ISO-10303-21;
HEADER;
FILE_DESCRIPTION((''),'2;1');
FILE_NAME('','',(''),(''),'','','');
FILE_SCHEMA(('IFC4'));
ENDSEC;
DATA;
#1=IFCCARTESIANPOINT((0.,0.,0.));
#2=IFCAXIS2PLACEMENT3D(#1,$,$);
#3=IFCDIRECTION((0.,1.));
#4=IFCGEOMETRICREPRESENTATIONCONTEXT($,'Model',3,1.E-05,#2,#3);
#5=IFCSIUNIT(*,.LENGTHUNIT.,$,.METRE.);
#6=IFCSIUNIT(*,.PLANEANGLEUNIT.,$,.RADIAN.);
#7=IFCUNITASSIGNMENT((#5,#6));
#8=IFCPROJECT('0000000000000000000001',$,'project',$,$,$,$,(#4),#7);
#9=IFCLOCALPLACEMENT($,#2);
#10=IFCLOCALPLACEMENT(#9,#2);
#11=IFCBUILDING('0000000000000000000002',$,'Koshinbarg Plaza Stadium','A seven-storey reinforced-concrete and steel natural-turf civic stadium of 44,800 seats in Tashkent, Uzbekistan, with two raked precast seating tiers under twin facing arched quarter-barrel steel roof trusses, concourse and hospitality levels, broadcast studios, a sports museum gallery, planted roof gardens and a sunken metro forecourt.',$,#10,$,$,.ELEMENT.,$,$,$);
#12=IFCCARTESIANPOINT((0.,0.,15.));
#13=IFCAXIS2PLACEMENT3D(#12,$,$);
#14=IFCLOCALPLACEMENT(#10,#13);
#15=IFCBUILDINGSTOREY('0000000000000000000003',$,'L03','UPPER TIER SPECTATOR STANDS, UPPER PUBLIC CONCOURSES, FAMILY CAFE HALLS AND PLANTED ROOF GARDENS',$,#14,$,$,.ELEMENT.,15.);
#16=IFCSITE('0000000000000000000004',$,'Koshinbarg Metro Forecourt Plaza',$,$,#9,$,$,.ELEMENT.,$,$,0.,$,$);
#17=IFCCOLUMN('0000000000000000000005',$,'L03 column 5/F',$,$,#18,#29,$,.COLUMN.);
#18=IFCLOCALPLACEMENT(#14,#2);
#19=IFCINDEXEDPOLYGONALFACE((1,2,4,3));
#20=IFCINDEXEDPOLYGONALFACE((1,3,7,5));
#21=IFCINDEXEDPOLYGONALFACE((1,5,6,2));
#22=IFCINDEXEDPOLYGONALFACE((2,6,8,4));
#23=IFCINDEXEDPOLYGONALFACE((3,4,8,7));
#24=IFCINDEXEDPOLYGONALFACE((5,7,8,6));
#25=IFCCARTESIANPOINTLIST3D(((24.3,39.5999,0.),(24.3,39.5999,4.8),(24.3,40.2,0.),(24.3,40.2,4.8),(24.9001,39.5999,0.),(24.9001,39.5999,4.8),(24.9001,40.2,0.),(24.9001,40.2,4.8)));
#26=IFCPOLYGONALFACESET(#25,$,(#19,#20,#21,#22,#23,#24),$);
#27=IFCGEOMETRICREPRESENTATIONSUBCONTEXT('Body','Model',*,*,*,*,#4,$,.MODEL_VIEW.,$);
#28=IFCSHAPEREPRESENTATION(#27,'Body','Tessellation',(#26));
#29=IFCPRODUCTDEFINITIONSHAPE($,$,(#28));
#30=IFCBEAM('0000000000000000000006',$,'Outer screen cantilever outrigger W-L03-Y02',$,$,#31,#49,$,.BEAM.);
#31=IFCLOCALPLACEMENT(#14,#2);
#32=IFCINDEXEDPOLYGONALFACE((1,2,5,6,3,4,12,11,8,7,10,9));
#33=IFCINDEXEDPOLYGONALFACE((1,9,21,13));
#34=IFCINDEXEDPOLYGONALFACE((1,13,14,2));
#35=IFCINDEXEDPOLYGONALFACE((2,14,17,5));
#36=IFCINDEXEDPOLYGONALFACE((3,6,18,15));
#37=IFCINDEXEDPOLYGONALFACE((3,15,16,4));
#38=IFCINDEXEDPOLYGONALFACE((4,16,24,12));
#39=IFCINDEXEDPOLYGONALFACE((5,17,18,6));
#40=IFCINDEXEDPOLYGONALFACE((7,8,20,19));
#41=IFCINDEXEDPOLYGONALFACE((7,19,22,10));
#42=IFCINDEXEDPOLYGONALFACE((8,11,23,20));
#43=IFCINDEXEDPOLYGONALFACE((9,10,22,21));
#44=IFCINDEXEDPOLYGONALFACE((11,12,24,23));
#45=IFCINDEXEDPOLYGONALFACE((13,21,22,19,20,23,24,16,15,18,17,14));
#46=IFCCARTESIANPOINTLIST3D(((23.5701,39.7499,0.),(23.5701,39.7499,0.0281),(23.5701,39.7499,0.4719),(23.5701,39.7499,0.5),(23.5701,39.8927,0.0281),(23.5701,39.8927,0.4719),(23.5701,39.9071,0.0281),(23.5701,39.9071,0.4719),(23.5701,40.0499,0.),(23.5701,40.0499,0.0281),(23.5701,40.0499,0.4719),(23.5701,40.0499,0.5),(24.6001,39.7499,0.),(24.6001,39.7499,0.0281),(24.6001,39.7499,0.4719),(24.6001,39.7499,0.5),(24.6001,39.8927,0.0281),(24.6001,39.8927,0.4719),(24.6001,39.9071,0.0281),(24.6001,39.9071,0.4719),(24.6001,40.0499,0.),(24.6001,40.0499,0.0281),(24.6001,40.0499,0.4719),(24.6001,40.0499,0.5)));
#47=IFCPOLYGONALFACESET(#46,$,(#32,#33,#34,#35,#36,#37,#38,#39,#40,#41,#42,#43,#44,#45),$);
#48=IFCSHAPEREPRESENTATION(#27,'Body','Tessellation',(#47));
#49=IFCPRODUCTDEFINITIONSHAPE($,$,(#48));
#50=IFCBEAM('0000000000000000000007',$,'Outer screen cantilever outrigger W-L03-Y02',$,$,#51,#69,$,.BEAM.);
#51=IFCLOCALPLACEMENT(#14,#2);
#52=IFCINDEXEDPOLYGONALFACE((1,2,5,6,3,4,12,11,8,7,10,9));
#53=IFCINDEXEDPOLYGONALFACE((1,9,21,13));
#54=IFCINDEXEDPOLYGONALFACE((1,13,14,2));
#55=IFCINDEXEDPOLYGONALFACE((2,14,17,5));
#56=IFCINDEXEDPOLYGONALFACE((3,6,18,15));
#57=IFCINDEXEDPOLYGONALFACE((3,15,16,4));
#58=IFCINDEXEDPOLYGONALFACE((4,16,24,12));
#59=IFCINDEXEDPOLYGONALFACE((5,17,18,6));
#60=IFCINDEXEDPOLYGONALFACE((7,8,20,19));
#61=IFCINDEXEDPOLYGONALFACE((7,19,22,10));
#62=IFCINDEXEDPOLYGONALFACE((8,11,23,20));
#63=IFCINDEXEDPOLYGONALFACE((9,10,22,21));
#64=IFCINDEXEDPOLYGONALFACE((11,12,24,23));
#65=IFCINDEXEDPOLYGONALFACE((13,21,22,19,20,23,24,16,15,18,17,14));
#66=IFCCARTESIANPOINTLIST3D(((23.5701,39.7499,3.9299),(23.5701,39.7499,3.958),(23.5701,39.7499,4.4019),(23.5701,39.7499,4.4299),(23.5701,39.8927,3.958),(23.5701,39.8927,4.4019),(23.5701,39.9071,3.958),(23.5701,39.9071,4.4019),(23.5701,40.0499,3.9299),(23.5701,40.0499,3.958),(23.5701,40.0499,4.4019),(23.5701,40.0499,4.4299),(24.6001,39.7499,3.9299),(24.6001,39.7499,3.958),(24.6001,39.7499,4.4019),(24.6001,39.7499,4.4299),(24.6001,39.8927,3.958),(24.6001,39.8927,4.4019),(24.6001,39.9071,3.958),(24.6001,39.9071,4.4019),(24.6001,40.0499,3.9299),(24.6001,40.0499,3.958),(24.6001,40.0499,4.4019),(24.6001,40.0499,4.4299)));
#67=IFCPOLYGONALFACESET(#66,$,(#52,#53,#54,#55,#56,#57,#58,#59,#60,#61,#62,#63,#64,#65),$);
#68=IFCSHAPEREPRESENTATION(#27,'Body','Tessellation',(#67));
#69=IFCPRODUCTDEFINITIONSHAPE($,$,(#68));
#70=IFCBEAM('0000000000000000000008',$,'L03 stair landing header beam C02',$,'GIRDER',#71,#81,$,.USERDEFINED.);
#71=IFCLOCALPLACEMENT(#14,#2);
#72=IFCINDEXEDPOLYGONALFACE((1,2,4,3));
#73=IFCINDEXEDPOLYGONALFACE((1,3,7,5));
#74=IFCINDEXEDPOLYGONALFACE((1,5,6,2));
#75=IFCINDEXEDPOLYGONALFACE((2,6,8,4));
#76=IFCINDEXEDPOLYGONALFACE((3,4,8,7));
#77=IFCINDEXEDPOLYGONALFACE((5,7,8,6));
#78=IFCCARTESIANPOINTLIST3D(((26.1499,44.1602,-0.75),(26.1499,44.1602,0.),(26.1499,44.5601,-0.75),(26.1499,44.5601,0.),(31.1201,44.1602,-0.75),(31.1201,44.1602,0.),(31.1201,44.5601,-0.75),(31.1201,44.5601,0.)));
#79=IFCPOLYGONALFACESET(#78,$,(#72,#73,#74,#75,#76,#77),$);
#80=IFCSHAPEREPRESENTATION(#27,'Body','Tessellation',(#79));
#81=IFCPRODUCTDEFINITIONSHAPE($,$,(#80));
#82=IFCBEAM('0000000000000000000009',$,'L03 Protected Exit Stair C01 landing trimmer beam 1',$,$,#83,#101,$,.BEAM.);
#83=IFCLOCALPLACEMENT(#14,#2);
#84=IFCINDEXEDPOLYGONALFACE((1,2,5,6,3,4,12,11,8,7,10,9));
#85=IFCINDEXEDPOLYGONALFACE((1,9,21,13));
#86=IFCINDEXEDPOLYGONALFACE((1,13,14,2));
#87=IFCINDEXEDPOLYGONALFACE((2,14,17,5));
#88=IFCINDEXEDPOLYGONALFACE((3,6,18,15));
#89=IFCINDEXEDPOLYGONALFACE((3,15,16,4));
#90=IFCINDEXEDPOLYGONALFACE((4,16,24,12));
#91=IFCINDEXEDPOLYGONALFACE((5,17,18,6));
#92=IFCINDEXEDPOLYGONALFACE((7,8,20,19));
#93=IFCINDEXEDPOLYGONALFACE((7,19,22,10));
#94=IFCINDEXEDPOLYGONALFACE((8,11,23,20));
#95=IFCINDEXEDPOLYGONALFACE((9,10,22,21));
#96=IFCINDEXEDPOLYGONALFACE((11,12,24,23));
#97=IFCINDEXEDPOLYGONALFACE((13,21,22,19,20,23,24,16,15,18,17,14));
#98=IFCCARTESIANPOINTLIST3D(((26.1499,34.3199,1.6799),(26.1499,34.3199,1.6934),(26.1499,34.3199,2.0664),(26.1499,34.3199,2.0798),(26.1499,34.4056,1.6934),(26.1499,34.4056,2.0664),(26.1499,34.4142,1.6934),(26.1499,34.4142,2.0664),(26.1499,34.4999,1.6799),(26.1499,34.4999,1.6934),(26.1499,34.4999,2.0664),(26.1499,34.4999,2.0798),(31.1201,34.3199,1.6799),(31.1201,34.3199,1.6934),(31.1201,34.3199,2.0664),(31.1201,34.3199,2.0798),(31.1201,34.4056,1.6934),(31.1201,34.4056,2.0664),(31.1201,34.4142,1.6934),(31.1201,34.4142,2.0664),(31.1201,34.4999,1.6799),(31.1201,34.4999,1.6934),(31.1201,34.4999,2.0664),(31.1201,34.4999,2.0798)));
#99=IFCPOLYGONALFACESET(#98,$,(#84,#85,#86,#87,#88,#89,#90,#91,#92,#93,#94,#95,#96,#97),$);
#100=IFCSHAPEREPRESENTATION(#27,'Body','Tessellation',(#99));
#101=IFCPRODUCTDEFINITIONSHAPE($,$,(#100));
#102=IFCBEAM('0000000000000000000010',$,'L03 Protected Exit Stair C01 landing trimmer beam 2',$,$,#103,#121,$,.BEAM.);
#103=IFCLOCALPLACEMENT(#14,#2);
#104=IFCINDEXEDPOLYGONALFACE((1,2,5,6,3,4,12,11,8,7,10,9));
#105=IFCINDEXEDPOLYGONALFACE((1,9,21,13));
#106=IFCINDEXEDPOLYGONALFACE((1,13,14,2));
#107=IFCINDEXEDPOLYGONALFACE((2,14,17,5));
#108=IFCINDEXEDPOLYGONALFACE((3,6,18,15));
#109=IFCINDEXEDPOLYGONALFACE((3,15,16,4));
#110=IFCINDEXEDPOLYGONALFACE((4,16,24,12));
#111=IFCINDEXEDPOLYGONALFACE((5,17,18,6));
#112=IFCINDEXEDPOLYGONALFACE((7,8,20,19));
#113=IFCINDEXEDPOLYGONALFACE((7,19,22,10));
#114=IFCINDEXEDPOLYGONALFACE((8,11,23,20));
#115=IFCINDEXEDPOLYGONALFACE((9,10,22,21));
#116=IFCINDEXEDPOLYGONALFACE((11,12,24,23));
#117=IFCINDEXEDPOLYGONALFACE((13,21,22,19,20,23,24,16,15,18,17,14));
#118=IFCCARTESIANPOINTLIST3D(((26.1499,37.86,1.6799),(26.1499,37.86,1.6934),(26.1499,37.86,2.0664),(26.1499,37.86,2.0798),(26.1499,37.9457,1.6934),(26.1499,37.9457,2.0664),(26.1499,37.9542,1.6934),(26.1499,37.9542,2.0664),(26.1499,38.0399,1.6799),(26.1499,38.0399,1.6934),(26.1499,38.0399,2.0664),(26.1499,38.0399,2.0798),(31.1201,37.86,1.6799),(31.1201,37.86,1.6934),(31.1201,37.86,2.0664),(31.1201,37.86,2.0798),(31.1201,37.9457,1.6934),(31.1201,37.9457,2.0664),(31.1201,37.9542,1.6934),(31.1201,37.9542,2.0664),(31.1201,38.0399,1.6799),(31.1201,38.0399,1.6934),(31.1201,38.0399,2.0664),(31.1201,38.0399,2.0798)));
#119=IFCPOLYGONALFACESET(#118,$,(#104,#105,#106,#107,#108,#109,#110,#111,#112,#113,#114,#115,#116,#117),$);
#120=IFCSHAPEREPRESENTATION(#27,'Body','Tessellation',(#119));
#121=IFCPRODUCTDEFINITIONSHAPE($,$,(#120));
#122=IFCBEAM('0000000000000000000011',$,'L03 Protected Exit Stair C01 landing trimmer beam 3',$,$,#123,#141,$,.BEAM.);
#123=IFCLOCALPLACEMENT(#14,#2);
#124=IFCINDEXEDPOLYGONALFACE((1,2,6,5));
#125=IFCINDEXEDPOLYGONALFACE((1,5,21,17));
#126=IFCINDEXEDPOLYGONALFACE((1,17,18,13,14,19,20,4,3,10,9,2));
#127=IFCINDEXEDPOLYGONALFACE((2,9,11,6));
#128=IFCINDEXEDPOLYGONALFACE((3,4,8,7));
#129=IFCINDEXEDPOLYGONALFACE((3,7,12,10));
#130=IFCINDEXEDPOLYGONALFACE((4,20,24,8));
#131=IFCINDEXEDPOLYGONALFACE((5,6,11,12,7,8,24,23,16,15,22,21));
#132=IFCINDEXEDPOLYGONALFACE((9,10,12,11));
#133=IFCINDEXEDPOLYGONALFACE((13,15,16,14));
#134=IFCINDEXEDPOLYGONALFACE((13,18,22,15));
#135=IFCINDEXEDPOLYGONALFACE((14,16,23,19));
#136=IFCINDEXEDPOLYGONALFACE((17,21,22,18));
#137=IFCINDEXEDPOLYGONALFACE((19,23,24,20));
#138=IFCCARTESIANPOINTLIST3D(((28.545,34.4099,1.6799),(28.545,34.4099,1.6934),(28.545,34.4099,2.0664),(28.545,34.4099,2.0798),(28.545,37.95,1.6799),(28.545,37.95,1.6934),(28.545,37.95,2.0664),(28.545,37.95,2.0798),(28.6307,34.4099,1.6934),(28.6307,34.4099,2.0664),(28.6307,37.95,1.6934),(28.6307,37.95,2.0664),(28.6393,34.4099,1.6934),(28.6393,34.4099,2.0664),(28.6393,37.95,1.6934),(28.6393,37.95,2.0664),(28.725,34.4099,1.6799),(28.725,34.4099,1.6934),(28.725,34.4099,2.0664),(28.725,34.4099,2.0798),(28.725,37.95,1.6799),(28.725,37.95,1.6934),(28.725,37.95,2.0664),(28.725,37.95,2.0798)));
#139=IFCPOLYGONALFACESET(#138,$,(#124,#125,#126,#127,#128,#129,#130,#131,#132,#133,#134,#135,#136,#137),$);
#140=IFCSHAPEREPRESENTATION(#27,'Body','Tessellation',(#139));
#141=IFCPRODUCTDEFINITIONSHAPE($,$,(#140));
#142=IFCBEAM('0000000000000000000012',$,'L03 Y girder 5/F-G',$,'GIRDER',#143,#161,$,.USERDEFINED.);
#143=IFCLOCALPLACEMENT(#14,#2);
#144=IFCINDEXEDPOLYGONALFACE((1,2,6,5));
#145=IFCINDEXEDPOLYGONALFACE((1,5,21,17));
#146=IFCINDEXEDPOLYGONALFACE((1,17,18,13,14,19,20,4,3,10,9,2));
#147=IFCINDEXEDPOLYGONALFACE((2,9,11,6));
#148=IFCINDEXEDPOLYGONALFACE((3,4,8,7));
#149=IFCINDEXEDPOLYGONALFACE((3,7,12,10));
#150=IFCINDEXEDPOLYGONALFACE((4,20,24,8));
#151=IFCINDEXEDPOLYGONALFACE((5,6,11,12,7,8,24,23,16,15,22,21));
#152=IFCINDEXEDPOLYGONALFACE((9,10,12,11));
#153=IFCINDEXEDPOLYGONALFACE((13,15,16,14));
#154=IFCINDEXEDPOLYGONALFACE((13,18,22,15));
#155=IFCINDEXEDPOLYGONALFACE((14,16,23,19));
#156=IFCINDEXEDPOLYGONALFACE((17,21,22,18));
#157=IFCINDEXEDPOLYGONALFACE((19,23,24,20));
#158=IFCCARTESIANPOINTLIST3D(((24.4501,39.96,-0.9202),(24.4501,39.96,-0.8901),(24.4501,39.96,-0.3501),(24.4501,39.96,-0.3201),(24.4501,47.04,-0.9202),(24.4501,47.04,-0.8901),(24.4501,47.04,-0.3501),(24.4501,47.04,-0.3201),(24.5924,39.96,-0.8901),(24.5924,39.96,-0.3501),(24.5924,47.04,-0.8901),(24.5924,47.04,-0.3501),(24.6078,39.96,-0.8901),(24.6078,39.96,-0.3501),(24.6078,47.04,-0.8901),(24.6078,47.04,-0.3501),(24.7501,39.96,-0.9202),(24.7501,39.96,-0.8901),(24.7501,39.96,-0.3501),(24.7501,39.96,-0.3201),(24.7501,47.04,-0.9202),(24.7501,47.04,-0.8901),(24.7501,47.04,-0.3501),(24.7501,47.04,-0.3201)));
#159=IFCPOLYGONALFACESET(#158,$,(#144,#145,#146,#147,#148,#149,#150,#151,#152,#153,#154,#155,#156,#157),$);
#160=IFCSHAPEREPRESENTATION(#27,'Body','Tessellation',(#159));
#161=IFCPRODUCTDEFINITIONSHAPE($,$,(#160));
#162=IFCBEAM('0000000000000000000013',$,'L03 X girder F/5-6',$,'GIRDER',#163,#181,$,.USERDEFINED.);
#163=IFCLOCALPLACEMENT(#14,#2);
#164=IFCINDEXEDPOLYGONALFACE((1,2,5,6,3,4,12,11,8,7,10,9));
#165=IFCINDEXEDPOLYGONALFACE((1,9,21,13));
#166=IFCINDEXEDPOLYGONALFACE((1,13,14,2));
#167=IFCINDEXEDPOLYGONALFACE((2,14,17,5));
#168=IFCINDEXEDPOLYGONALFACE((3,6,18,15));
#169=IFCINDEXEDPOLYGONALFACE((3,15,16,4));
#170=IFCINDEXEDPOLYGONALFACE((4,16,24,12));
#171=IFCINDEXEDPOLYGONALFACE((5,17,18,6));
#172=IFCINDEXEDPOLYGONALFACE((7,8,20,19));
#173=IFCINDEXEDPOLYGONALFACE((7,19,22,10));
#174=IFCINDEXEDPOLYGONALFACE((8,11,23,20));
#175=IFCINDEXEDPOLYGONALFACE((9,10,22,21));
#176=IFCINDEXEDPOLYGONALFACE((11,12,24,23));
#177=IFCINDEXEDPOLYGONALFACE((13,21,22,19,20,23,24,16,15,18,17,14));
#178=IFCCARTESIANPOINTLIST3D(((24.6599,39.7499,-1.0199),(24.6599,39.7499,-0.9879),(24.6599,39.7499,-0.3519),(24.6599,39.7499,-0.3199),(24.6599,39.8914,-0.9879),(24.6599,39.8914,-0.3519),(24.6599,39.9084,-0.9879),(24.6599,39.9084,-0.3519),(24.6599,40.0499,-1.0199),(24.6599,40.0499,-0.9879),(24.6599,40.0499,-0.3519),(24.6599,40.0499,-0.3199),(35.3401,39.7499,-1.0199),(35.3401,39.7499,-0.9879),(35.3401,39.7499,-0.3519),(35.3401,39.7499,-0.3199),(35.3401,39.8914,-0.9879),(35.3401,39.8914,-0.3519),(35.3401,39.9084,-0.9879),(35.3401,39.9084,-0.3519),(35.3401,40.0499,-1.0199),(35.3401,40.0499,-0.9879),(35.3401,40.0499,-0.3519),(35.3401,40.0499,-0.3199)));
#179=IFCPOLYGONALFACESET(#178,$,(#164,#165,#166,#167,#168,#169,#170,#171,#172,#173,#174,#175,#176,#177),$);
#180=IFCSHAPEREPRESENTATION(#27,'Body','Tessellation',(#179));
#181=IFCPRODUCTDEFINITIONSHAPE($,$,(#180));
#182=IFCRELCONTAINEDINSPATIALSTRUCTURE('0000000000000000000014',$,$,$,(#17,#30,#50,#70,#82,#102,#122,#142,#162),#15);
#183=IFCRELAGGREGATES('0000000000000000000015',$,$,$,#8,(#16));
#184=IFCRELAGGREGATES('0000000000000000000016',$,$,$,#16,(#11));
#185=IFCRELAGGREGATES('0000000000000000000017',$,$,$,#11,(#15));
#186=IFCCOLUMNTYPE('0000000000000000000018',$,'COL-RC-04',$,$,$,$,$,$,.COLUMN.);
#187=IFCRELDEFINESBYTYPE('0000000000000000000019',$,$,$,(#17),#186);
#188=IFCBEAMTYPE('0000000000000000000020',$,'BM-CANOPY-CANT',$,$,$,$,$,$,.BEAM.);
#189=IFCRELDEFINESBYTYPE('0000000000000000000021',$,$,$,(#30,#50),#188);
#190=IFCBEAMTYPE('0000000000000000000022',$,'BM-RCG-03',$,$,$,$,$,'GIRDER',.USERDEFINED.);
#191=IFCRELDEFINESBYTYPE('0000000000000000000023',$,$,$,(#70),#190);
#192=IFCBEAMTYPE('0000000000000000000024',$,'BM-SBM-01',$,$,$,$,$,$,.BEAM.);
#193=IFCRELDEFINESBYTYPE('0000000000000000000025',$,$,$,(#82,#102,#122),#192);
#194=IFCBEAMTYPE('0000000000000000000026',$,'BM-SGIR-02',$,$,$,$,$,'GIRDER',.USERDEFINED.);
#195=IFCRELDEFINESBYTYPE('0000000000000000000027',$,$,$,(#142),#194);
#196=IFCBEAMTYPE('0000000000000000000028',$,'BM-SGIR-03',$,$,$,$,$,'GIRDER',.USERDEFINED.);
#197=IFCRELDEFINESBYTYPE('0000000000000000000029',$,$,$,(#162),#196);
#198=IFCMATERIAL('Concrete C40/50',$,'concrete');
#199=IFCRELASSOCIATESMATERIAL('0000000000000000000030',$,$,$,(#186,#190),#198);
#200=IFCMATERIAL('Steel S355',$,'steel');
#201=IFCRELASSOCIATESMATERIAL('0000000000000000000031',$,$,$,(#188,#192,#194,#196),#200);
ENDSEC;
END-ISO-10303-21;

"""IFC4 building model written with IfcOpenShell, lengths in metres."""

from ifc_helpers import new_model, si_unit, direction, frame, origin, origin_2d, place, context, subcontext, project, spatial, rectangle, i_section, extrude, material, material_profile, profile_set, type_object, element, save


model = new_model("IFC4")

# Units and contexts
model_context = context("Model", 3, precision=1e-05, world=origin(), true_north=direction((0.0, 1.0)))
body_context = subcontext(model_context, "Body", "Model", "MODEL_VIEW")
ifc_project = project(units=[si_unit("LENGTHUNIT", "METRE"), si_unit("PLANEANGLEUNIT", "RADIAN")], contexts=[model_context])

# Site, building, storey
site_placement = place(None, origin())
site = spatial("IfcSite", under=ifc_project, at=site_placement, Name="Koshinbarg Metro Forecourt Plaza", CompositionType="ELEMENT", RefElevation=0.0)
building_placement = place(site_placement, origin())
building = spatial("IfcBuilding", under=site, at=building_placement, Name="Koshinbarg Plaza Stadium", Description="A seven-storey reinforced-concrete and steel natural-turf civic stadium of 44,800 seats in Tashkent, Uzbekistan, with two raked precast seating tiers under twin facing arched quarter-barrel steel roof trusses, concourse and hospitality levels, broadcast studios, a sports museum gallery, planted roof gardens and a sunken metro forecourt.", CompositionType="ELEMENT")
storey_placement = place(building_placement, frame((0.0, 0.0, 15.0)))
storey = spatial("IfcBuildingStorey", under=building, at=storey_placement, Name="L03", Description="UPPER TIER SPECTATOR STANDS, UPPER PUBLIC CONCOURSES, FAMILY CAFE HALLS AND PLANTED ROOF GARDENS", CompositionType="ELEMENT", Elevation=15.0)

# Column
ifc_material_1 = material(Name="Concrete C40/50", Category="concrete")
ifc_material_profile_1 = material_profile(ifc_material_1, rectangle(XDim=0.6001, YDim=0.6001, at=origin_2d()), Name="RC 600x600")
ifc_profile_set_1 = profile_set([ifc_material_profile_1], Name="Concrete C40/50")
column_type = type_object("IfcColumnType", Name="COL-RC-04", PredefinedType="COLUMN", material=ifc_profile_set_1)
column_placement = place(storey_placement, frame((24.6001, 39.8999, 0.0), z_axis=(0.0, 0.0, 1.0), x_axis=(1.0, 0.0, 0.0)))
element("IfcColumn", 1, at=column_placement, inside=storey, type_object=column_type, Name="L03 column 5/F", PredefinedType="COLUMN", context=body_context, shape_type="SweptSolid", body=[
    extrude(rectangle(XDim=0.6001, YDim=0.6001, at=origin_2d()), origin(), (0.0, 0.0, 1.0), 4.8),
])

# Beams
ifc_material_2 = material(Name="Steel S355", Category="steel")
ifc_material_profile_2 = material_profile(ifc_material_2, i_section(OverallWidth=0.3, OverallDepth=0.5, WebThickness=0.0144, FlangeThickness=0.0281, at=origin_2d()), Name="HEB 500")
ifc_profile_set_2 = profile_set([ifc_material_profile_2], Name="Steel S355")
beam_type_1 = type_object("IfcBeamType", Name="BM-CANOPY-CANT", PredefinedType="BEAM", material=ifc_profile_set_2)
for number, where, z_axis, x_axis, name in (
    (2, (24.6001, 39.8999, 0.25), (-1.0, 0.0, 0.0), (0.0, -1.0, 0.0), "Outer screen cantilever outrigger W-L03-Y02"),
    (3, (24.6001, 39.8999, 4.1799), (-1.0, 0.0, 0.0), (0.0, -1.0, 0.0), "Outer screen cantilever outrigger W-L03-Y02"),
):
    element("IfcBeam", number, at=place(storey_placement, frame(where, z_axis=z_axis, x_axis=x_axis)), inside=storey, type_object=beam_type_1, Name=name, PredefinedType="BEAM", context=body_context, shape_type="SweptSolid", body=[
        extrude(i_section(OverallWidth=0.3, OverallDepth=0.5, WebThickness=0.0144, FlangeThickness=0.0281, at=origin_2d()), origin(), (0.0, 0.0, 1.0), 1.03),
    ])
ifc_material_profile_3 = material_profile(ifc_material_1, rectangle(XDim=0.3999, YDim=0.75, at=origin_2d()), Name="RC 400x750")
ifc_profile_set_3 = profile_set([ifc_material_profile_3], Name="Concrete C40/50")
beam_type_2 = type_object("IfcBeamType", Name="BM-RCG-03", ElementType="GIRDER", PredefinedType="USERDEFINED", material=ifc_profile_set_3)
beam_1_placement = place(storey_placement, frame((26.1499, 44.3601, -0.375), z_axis=(1.0, 0.0, 0.0), x_axis=(0.0, 1.0, 0.0)))
element("IfcBeam", 4, at=beam_1_placement, inside=storey, type_object=beam_type_2, Name="L03 stair landing header beam C02", ObjectType="GIRDER", PredefinedType="USERDEFINED", context=body_context, shape_type="SweptSolid", body=[
    extrude(rectangle(XDim=0.3999, YDim=0.75, at=origin_2d()), origin(), (0.0, 0.0, 1.0), 4.9702),
])
ifc_material_profile_4 = material_profile(ifc_material_2, i_section(OverallWidth=0.1799, OverallDepth=0.3999, WebThickness=0.0085, FlangeThickness=0.0134, at=origin_2d()), Name="IPE 400")
ifc_profile_set_4 = profile_set([ifc_material_profile_4], Name="Steel S355")
beam_type_3 = type_object("IfcBeamType", Name="BM-SBM-01", PredefinedType="BEAM", material=ifc_profile_set_4)
for number, where, z_axis, x_axis, name in (
    (5, (26.1499, 34.4099, 1.8799), (1.0, 0.0, 0.0), (0.0, 1.0, 0.0), "L03 Protected Exit Stair C01 landing trimmer beam 1"),
    (6, (26.1499, 37.95, 1.8799), (1.0, 0.0, 0.0), (0.0, 1.0, 0.0), "L03 Protected Exit Stair C01 landing trimmer beam 2"),
):
    element("IfcBeam", number, at=place(storey_placement, frame(where, z_axis=z_axis, x_axis=x_axis)), inside=storey, type_object=beam_type_3, Name=name, PredefinedType="BEAM", context=body_context, shape_type="SweptSolid", body=[
        extrude(i_section(OverallWidth=0.1799, OverallDepth=0.3999, WebThickness=0.0085, FlangeThickness=0.0134, at=origin_2d()), origin(), (0.0, 0.0, 1.0), 4.9702),
    ])
beam_2_placement = place(storey_placement, frame((28.635, 34.4099, 1.8799), z_axis=(0.0, 1.0, 0.0), x_axis=(-1.0, 0.0, 0.0)))
element("IfcBeam", 7, at=beam_2_placement, inside=storey, type_object=beam_type_3, Name="L03 Protected Exit Stair C01 landing trimmer beam 3", PredefinedType="BEAM", context=body_context, shape_type="SweptSolid", body=[
    extrude(i_section(OverallWidth=0.1799, OverallDepth=0.3999, WebThickness=0.0085, FlangeThickness=0.0134, at=origin_2d()), origin(), (0.0, 0.0, 1.0), 3.54),
])
ifc_material_profile_5 = material_profile(ifc_material_2, i_section(OverallWidth=0.3, OverallDepth=0.6001, WebThickness=0.0154, FlangeThickness=0.03, at=origin_2d()), Name="HEB 600")
ifc_profile_set_5 = profile_set([ifc_material_profile_5], Name="Steel S355")
beam_type_4 = type_object("IfcBeamType", Name="BM-SGIR-02", ElementType="GIRDER", PredefinedType="USERDEFINED", material=ifc_profile_set_5)
beam_3_placement = place(storey_placement, frame((24.6001, 39.96, -0.6201), z_axis=(0.0, 1.0, 0.0), x_axis=(-1.0, 0.0, 0.0)))
element("IfcBeam", 8, at=beam_3_placement, inside=storey, type_object=beam_type_4, Name="L03 Y girder 5/F-G", ObjectType="GIRDER", PredefinedType="USERDEFINED", context=body_context, shape_type="SweptSolid", body=[
    extrude(i_section(OverallWidth=0.3, OverallDepth=0.6001, WebThickness=0.0154, FlangeThickness=0.03, at=origin_2d()), origin(), (0.0, 0.0, 1.0), 7.0801),
])
ifc_material_profile_6 = material_profile(ifc_material_2, i_section(OverallWidth=0.3, OverallDepth=0.7, WebThickness=0.0171, FlangeThickness=0.032, at=origin_2d()), Name="HEB 700")
ifc_profile_set_6 = profile_set([ifc_material_profile_6], Name="Steel S355")
beam_type_5 = type_object("IfcBeamType", Name="BM-SGIR-03", ElementType="GIRDER", PredefinedType="USERDEFINED", material=ifc_profile_set_6)
beam_4_placement = place(storey_placement, frame((24.6599, 39.8999, -0.6699), z_axis=(1.0, 0.0, 0.0), x_axis=(0.0, 1.0, 0.0)))
element("IfcBeam", 9, at=beam_4_placement, inside=storey, type_object=beam_type_5, Name="L03 X girder F/5-6", ObjectType="GIRDER", PredefinedType="USERDEFINED", context=body_context, shape_type="SweptSolid", body=[
    extrude(i_section(OverallWidth=0.3, OverallDepth=0.7, WebThickness=0.0171, FlangeThickness=0.032, at=origin_2d()), origin(), (0.0, 0.0, 1.0), 10.6802),
])

save(model, "model.ifc")
